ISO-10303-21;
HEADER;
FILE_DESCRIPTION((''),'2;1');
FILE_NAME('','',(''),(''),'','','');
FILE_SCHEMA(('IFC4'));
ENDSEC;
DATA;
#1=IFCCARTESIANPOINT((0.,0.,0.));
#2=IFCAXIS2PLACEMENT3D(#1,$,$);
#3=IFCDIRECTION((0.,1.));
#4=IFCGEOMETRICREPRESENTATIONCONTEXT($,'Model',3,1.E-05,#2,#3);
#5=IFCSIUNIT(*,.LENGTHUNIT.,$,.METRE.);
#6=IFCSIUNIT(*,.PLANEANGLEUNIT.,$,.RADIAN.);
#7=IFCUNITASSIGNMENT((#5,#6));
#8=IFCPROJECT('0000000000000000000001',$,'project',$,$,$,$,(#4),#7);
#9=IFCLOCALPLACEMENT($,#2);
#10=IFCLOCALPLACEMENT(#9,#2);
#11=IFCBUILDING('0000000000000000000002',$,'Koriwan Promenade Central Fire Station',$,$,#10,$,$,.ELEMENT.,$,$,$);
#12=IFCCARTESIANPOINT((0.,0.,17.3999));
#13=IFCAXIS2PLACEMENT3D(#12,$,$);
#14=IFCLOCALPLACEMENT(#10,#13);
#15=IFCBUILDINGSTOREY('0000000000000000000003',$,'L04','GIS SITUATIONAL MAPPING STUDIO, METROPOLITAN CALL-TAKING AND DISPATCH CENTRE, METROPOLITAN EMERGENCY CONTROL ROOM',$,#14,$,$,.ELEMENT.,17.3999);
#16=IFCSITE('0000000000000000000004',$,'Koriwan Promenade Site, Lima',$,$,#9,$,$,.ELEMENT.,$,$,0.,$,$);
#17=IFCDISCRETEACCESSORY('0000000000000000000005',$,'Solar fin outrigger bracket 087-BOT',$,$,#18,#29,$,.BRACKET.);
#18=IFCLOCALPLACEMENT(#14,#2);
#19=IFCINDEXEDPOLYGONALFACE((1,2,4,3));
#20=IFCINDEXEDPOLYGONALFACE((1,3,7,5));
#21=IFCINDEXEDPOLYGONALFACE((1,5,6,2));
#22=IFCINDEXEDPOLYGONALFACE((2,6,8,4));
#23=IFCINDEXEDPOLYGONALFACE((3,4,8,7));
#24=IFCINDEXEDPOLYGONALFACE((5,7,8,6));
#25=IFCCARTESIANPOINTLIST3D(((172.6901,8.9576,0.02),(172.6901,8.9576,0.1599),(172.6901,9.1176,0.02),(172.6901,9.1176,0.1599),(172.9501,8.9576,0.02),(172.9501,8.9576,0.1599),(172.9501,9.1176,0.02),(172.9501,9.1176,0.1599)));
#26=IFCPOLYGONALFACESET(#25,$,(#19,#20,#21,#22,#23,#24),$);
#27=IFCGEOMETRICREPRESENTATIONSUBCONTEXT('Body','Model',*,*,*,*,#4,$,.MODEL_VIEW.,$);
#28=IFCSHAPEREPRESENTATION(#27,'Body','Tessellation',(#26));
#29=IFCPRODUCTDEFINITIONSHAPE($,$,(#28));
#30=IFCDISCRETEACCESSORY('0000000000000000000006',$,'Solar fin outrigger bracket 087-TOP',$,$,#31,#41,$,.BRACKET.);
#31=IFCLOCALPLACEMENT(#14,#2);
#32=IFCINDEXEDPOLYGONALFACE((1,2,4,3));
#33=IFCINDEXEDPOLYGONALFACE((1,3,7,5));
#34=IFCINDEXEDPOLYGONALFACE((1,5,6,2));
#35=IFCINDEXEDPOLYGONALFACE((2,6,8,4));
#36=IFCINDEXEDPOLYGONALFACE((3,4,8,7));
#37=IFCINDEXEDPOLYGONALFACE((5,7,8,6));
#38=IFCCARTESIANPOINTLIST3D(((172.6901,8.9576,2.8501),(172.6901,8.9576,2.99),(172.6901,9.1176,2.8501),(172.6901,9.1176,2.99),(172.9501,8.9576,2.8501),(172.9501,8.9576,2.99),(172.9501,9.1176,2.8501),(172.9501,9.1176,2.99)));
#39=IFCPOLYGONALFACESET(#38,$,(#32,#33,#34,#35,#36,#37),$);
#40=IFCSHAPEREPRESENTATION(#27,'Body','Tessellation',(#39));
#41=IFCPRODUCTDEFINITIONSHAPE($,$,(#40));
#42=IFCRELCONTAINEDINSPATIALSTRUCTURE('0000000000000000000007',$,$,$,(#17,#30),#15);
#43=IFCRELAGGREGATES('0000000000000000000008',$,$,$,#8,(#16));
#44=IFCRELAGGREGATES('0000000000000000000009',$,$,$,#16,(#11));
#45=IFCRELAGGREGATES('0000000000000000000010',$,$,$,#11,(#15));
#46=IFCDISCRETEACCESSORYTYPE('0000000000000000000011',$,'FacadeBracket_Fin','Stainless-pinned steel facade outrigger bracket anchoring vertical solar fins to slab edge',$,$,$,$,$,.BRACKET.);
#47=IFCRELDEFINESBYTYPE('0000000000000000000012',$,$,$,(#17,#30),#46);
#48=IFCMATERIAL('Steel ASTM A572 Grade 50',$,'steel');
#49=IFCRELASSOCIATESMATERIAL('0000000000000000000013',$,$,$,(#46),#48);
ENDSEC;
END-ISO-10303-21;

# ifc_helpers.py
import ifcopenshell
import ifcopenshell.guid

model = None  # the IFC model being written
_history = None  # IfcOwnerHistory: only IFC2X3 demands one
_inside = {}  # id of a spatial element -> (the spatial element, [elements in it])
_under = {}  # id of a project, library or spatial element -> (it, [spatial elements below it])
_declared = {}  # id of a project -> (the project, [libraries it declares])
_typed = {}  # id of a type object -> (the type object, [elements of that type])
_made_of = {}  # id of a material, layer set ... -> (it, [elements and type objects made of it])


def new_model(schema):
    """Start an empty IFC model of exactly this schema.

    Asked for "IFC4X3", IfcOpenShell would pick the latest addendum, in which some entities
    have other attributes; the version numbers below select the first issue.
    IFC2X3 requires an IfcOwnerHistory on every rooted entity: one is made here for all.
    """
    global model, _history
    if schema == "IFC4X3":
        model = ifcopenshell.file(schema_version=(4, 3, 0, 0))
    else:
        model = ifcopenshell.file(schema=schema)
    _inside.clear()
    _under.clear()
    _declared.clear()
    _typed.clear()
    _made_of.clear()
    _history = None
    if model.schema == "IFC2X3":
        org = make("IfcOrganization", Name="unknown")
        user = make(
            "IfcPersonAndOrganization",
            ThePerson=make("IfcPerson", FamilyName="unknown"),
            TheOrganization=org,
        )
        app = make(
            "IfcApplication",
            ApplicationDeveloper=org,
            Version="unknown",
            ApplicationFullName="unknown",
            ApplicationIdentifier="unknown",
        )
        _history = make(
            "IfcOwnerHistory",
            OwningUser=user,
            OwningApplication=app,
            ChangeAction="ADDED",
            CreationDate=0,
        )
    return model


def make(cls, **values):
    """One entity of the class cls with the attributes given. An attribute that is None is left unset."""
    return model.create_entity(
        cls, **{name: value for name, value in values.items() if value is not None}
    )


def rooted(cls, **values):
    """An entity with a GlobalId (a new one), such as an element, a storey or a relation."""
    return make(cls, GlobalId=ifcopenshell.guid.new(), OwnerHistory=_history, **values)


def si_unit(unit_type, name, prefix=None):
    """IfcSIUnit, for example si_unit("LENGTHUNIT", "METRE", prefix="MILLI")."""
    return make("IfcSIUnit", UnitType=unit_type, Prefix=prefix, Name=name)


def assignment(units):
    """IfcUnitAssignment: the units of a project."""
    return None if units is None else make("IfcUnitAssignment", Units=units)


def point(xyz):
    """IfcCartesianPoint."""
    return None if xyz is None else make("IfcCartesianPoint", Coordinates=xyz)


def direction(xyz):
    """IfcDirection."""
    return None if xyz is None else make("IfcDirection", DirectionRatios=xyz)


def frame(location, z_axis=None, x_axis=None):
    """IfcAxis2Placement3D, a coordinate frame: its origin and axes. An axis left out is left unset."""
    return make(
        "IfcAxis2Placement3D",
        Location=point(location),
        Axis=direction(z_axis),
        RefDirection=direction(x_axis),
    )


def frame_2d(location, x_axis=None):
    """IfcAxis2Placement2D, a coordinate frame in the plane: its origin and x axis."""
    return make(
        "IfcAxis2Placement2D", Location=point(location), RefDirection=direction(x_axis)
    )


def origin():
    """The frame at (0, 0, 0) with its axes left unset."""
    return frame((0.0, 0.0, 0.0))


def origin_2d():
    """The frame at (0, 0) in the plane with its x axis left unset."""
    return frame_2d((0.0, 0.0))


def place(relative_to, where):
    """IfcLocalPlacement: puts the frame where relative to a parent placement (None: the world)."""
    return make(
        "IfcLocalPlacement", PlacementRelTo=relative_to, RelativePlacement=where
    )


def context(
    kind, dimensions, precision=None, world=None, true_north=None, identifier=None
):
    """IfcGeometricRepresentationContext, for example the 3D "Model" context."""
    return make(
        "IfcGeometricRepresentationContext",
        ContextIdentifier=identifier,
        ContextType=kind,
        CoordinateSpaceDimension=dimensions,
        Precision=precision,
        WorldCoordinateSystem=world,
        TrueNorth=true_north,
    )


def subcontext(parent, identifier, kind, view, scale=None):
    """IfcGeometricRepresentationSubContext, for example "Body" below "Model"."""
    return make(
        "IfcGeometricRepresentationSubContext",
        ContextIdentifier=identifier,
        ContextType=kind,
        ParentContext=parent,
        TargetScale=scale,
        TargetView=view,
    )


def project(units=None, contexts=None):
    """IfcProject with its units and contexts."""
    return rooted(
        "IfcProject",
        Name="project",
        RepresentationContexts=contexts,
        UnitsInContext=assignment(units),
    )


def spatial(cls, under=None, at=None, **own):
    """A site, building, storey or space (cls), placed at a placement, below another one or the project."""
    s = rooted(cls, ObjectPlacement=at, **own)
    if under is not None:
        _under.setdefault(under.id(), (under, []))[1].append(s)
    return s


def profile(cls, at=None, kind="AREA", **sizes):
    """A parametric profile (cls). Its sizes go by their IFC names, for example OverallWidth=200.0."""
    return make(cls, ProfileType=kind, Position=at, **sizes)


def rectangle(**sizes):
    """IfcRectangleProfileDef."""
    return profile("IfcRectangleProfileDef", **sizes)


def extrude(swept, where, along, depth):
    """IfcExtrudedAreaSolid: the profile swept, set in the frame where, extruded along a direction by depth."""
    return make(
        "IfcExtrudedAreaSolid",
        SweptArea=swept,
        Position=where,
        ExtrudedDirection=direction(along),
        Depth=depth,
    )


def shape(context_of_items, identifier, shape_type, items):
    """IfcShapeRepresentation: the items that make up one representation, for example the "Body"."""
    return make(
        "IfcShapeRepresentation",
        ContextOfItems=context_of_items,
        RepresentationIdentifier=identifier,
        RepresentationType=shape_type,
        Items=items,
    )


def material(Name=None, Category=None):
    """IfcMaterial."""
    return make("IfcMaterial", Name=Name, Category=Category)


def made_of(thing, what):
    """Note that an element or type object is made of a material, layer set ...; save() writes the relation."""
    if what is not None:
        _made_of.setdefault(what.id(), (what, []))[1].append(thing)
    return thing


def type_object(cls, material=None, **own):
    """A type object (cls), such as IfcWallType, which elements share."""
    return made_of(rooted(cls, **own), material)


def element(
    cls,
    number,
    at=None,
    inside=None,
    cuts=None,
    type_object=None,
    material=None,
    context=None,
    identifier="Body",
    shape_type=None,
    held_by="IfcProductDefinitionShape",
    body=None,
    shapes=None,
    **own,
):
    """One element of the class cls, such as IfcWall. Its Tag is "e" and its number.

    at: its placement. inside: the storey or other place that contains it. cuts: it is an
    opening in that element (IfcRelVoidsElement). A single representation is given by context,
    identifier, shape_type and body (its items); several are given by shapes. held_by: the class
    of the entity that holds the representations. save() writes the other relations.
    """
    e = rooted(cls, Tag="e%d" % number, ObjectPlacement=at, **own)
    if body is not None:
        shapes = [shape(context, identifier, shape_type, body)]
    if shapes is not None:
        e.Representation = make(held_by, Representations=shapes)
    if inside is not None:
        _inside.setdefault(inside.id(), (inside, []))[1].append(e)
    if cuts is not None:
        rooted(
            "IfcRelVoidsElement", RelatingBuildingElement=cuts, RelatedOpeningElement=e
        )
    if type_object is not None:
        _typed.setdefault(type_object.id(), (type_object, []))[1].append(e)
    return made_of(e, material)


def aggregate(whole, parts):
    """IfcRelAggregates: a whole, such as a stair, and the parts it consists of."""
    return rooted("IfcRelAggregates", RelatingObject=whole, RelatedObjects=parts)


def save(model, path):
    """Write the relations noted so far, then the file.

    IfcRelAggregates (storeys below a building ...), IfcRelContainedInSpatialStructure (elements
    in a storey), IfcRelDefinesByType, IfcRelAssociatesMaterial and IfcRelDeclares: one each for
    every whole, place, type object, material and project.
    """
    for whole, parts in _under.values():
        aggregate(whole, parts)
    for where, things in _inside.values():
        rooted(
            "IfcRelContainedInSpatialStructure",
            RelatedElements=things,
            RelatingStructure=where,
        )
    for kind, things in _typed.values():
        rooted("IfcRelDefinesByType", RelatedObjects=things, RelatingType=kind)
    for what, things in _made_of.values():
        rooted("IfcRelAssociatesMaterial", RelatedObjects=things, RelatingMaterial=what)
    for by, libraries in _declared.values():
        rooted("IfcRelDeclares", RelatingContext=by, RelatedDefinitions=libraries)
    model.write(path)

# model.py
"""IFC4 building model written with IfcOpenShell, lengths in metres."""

from ifc_helpers import new_model, si_unit, direction, frame, origin, origin_2d, place, context, subcontext, project, spatial, rectangle, extrude, material, type_object, element, save


model = new_model("IFC4")

# Units and contexts
model_context = context("Model", 3, precision=1e-05, world=origin(), true_north=direction((0.0, 1.0)))
body_context = subcontext(model_context, "Body", "Model", "MODEL_VIEW")
ifc_project = project(units=[si_unit("LENGTHUNIT", "METRE"), si_unit("PLANEANGLEUNIT", "RADIAN")], contexts=[model_context])

# Site, building, storey
site_placement = place(None, origin())
site = spatial("IfcSite", under=ifc_project, at=site_placement, Name="Koriwan Promenade Site, Lima", CompositionType="ELEMENT", RefElevation=0.0)
building_placement = place(site_placement, origin())
building = spatial("IfcBuilding", under=site, at=building_placement, Name="Koriwan Promenade Central Fire Station", CompositionType="ELEMENT")
storey_placement = place(building_placement, frame((0.0, 0.0, 17.3999)))
storey = spatial("IfcBuildingStorey", under=building, at=storey_placement, Name="L04", Description="GIS SITUATIONAL MAPPING STUDIO, METROPOLITAN CALL-TAKING AND DISPATCH CENTRE, METROPOLITAN EMERGENCY CONTROL ROOM", CompositionType="ELEMENT", Elevation=17.3999)

# Discrete accessories
ifc_material_1 = material(Name="Steel ASTM A572 Grade 50", Category="steel")
discrete_accessory_type = type_object("IfcDiscreteAccessoryType", Name="FacadeBracket_Fin", Description="Stainless-pinned steel facade outrigger bracket anchoring vertical solar fins to slab edge", PredefinedType="BRACKET", material=ifc_material_1)
for number, where, z_axis, x_axis, name in (
    (1, (172.8201, 9.0376, 0.02), (0.0, 0.0, 1.0), (1.0, 0.0, 0.0), "Solar fin outrigger bracket 087-BOT"),
    (2, (172.8201, 9.0376, 2.8501), (0.0, 0.0, 1.0), (1.0, 0.0, 0.0), "Solar fin outrigger bracket 087-TOP"),
):
    element("IfcDiscreteAccessory", number, at=place(storey_placement, frame(where, z_axis=z_axis, x_axis=x_axis)), inside=storey, type_object=discrete_accessory_type, Name=name, PredefinedType="BRACKET", context=body_context, shape_type="SweptSolid", body=[
        extrude(rectangle(XDim=0.26, YDim=0.1599, at=origin_2d()), origin(), (0.0, 0.0, 1.0), 0.1399),
    ])

save(model, "model.ifc")
